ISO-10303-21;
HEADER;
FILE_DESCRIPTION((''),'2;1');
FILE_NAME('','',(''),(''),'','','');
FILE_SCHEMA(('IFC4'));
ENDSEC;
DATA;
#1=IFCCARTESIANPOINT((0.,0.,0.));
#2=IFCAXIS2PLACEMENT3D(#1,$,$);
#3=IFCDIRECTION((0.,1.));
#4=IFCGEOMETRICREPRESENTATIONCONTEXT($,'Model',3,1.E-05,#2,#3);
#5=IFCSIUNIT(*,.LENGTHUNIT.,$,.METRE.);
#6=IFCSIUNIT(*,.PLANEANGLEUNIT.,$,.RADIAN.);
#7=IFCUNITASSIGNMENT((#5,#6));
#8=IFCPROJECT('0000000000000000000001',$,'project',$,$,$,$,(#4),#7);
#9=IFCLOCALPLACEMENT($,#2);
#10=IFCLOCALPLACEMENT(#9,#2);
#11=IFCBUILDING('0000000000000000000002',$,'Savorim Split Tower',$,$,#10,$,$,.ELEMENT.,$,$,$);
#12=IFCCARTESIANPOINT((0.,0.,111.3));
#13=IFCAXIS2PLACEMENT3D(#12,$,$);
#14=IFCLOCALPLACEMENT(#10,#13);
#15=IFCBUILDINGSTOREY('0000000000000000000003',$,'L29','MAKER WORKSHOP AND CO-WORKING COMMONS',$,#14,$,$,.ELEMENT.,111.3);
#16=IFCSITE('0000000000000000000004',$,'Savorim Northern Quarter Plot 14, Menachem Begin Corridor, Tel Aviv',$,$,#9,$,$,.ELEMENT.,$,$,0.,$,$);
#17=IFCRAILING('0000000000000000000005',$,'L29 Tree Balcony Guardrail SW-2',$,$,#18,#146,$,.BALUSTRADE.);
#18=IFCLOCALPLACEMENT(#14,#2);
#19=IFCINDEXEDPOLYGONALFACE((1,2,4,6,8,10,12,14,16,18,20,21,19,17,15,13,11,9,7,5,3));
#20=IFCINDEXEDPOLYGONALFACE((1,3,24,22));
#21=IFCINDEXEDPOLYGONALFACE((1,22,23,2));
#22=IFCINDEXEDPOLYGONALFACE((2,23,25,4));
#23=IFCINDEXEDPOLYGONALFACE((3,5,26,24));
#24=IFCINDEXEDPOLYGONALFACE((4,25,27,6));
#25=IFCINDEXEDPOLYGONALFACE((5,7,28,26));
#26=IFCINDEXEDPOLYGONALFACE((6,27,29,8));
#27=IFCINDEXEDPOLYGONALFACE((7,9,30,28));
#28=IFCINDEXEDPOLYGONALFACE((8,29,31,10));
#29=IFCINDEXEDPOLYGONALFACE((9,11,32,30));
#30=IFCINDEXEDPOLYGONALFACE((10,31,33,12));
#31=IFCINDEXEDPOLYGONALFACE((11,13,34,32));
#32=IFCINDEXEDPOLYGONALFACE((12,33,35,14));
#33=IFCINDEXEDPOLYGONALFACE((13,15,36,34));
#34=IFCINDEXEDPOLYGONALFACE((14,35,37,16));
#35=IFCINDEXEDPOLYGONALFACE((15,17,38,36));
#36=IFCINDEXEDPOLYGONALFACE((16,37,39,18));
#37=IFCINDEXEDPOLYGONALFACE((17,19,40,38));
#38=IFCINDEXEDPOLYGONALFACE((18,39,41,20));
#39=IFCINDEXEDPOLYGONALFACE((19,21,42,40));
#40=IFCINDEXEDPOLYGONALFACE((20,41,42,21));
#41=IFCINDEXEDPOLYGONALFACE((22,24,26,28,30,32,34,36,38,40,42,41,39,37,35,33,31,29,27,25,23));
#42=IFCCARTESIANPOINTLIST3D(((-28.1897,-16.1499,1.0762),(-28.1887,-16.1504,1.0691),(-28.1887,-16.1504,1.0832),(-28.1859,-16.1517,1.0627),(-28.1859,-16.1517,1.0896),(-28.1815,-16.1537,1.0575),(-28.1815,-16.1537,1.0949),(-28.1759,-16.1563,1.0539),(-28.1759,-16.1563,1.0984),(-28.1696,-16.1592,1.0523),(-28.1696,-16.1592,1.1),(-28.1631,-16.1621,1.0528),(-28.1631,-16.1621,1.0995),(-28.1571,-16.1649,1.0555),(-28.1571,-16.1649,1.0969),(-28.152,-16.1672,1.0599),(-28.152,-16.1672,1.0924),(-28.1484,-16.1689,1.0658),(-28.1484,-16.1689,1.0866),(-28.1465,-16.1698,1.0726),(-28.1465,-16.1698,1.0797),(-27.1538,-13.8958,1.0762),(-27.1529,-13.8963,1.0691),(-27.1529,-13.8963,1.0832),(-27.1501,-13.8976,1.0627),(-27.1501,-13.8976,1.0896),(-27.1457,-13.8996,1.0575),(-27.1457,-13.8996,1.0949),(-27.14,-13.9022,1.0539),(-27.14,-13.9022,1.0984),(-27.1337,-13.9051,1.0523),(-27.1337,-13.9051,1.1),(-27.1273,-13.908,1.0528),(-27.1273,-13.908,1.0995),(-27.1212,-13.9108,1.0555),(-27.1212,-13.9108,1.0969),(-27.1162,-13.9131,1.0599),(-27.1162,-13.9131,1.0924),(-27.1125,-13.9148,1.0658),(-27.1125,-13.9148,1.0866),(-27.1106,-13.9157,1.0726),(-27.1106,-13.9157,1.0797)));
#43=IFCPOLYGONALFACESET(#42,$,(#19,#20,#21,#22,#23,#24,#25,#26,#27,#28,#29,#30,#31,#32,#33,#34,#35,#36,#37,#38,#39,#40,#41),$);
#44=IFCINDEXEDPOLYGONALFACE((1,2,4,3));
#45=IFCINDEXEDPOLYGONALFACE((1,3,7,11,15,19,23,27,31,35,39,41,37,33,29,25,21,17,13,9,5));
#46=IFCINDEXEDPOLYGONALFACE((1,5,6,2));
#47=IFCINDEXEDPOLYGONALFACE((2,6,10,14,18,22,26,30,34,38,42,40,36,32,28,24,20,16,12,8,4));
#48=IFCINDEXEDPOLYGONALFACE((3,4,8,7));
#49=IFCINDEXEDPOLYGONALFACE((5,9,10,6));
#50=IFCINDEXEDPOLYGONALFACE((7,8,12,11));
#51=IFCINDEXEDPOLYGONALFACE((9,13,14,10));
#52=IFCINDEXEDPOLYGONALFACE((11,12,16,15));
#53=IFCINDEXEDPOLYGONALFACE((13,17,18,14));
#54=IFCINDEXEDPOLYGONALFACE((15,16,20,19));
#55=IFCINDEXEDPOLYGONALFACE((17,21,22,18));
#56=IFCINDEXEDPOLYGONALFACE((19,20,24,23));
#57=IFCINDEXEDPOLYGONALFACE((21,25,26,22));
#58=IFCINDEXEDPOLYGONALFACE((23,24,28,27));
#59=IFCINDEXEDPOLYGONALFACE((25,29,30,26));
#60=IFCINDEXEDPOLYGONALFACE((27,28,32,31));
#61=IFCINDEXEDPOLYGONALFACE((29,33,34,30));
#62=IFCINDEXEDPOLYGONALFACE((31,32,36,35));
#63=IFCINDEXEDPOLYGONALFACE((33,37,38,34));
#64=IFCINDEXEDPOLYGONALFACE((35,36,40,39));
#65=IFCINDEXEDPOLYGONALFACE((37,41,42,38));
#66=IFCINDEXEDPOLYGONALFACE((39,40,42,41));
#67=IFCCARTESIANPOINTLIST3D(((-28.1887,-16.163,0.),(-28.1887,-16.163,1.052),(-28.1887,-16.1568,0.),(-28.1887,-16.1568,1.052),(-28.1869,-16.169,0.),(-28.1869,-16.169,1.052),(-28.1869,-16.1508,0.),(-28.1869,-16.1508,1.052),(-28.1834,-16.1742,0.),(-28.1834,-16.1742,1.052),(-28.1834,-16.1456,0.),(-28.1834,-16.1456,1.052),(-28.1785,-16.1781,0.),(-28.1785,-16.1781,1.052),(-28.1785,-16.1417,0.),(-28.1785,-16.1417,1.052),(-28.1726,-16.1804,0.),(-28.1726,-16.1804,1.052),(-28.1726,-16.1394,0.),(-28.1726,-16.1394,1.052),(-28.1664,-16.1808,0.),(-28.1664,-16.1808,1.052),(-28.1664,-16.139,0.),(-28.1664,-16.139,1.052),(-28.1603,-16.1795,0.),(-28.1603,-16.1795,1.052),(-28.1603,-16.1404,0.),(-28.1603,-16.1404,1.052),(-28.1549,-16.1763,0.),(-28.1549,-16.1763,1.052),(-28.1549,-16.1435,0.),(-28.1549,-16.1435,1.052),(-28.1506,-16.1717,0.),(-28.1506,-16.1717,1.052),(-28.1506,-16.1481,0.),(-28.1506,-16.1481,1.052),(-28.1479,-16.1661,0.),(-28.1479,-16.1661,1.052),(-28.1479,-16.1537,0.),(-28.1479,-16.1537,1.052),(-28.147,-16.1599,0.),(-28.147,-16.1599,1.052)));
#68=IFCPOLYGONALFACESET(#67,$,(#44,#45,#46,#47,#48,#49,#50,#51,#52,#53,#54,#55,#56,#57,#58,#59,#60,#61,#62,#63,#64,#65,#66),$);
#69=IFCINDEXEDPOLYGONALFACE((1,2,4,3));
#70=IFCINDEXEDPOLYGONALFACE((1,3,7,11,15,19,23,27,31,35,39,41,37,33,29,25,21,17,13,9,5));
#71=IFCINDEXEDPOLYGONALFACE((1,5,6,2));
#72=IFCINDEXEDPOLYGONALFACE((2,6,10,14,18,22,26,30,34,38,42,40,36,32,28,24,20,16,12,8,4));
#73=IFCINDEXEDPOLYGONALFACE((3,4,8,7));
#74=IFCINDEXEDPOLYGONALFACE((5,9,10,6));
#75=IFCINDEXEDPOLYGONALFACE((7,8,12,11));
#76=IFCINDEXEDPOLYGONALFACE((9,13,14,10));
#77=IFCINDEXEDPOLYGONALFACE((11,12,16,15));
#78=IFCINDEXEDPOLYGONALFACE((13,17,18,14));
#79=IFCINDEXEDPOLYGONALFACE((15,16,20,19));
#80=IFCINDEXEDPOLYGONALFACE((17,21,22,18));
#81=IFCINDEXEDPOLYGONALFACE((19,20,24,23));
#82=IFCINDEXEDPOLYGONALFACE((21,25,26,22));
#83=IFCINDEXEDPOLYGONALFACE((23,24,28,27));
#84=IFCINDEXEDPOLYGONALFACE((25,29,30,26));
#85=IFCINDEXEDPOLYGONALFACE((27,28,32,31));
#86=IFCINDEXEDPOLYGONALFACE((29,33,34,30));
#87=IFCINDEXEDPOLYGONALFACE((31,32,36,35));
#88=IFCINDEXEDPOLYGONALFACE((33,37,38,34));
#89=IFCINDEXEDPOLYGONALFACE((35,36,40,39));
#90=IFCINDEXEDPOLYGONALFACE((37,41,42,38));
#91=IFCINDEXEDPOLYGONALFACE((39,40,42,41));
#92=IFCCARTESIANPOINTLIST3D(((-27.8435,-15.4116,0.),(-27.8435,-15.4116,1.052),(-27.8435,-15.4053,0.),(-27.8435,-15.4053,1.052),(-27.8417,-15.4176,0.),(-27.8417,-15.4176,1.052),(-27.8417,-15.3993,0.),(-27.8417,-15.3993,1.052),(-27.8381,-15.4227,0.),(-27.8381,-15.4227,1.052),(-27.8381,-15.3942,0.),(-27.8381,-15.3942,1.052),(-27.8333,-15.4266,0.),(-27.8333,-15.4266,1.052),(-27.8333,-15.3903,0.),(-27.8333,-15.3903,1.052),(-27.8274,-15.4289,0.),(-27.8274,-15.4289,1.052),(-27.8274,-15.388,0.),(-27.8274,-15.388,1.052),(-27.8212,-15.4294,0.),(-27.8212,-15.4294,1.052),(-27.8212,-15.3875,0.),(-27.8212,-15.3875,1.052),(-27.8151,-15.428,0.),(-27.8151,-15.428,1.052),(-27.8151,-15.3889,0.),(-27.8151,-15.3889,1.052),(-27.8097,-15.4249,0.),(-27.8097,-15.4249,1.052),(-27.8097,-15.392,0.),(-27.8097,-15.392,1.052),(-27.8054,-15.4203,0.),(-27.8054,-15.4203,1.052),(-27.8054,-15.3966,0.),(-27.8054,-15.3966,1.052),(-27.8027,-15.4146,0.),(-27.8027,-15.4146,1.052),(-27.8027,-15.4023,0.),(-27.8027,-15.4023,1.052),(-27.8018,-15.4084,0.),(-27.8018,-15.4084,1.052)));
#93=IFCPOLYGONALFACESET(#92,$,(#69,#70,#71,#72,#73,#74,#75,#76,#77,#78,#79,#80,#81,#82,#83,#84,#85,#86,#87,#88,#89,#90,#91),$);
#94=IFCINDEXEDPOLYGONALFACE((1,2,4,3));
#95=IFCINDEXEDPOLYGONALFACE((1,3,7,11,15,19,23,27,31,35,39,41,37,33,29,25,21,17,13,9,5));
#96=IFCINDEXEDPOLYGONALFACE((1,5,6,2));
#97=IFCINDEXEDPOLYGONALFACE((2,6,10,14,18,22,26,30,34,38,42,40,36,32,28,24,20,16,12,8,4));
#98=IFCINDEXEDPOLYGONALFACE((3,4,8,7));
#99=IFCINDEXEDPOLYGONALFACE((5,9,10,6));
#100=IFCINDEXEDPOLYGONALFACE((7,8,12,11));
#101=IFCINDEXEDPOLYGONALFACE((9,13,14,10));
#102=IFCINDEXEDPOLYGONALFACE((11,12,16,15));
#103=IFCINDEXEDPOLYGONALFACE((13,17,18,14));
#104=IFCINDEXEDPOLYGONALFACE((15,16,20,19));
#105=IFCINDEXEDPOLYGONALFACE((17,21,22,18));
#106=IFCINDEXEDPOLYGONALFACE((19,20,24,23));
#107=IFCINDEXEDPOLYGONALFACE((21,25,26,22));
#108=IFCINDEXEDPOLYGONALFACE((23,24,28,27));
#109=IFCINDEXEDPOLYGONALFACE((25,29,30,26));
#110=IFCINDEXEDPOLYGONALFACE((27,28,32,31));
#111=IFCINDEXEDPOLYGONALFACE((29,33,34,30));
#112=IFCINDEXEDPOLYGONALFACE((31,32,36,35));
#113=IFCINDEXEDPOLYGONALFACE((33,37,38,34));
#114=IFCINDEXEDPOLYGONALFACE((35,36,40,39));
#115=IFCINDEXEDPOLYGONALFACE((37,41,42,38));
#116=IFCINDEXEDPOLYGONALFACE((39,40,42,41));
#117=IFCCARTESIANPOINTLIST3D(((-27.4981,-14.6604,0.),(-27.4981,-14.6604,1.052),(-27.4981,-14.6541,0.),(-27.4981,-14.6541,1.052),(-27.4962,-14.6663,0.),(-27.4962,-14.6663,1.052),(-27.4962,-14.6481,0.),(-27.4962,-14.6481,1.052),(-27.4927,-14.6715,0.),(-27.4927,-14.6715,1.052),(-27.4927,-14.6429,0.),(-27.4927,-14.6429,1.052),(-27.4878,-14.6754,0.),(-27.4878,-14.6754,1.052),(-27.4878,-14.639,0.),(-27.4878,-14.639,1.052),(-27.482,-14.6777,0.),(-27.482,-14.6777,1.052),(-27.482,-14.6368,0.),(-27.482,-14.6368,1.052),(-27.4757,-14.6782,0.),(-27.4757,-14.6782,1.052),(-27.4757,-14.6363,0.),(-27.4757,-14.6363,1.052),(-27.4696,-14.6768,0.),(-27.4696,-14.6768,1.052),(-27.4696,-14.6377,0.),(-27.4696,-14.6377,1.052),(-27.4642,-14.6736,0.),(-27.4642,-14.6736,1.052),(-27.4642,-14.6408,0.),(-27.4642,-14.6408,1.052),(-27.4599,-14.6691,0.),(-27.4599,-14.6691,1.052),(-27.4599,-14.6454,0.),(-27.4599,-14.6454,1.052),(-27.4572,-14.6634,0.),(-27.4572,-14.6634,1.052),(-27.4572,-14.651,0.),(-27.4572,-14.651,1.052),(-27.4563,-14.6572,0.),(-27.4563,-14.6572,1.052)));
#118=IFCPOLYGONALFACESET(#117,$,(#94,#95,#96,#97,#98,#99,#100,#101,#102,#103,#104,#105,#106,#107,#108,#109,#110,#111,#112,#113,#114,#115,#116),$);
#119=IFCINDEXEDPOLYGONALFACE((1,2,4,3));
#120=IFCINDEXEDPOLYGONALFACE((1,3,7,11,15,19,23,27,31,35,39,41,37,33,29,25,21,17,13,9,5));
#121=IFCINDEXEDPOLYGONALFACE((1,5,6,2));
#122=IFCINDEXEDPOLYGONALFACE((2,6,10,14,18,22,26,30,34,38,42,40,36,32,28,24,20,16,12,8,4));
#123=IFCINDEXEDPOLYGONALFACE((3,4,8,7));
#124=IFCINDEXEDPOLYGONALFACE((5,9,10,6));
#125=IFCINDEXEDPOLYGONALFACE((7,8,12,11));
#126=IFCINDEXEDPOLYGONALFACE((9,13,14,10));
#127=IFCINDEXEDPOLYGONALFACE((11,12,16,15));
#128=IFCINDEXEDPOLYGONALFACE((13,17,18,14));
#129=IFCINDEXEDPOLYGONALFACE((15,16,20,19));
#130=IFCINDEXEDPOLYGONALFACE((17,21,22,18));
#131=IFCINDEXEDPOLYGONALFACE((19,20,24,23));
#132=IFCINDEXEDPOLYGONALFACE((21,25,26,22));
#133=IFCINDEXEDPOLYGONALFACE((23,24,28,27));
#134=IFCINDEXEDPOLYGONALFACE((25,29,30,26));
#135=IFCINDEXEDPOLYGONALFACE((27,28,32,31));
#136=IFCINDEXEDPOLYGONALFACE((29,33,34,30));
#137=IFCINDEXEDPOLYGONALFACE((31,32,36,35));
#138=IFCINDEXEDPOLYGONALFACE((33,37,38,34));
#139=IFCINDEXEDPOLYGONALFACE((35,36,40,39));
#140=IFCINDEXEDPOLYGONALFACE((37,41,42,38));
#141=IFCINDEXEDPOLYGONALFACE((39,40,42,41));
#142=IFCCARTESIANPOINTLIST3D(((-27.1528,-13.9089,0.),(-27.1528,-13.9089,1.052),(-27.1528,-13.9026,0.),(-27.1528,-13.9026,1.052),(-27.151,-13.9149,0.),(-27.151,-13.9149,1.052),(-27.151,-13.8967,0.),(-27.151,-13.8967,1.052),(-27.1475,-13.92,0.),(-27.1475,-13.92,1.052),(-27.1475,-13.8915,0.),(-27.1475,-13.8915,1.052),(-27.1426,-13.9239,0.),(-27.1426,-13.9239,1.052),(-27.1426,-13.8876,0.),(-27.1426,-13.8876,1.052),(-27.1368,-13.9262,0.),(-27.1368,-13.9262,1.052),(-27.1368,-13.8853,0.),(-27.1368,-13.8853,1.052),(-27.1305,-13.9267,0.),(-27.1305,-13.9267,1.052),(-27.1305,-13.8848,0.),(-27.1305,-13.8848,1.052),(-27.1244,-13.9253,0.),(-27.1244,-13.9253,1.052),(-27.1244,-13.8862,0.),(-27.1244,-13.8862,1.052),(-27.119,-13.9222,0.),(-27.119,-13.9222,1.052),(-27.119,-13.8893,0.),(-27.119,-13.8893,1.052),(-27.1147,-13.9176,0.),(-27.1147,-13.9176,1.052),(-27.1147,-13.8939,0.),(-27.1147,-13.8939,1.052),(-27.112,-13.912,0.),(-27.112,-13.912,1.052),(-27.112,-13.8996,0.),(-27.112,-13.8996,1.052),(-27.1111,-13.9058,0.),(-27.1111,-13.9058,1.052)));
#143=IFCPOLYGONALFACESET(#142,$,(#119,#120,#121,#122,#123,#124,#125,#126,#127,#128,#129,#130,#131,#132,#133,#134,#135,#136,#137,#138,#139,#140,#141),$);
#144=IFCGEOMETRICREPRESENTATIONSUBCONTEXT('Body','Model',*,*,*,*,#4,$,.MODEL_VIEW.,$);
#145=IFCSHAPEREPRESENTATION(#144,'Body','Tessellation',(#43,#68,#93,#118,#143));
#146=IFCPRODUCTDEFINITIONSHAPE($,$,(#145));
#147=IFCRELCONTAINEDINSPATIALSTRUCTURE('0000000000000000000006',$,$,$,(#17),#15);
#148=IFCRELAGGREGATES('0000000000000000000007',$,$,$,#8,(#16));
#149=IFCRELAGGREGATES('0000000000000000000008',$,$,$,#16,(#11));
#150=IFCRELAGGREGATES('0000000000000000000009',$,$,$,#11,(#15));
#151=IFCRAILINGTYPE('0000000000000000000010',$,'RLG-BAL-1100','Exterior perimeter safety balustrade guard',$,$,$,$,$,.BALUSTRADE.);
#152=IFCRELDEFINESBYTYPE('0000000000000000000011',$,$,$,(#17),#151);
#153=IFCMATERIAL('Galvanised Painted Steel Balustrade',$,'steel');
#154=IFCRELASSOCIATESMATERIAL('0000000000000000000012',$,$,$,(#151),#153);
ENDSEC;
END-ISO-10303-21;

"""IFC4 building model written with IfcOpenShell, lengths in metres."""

from ifc_helpers import new_model, si_unit, direction, frame, origin, origin_2d, place, context, subcontext, project, spatial, circle, extrude, material, type_object, element, save


model = new_model("IFC4")

# Units and contexts
model_context = context("Model", 3, precision=1e-05, world=origin(), true_north=direction((0.0, 1.0)))
body_context = subcontext(model_context, "Body", "Model", "MODEL_VIEW")
ifc_project = project(units=[si_unit("LENGTHUNIT", "METRE"), si_unit("PLANEANGLEUNIT", "RADIAN")], contexts=[model_context])

# Site, building, storey
site_placement = place(None, origin())
site = spatial("IfcSite", under=ifc_project, at=site_placement, Name="Savorim Northern Quarter Plot 14, Menachem Begin Corridor, Tel Aviv", CompositionType="ELEMENT", RefElevation=0.0)
building_placement = place(site_placement, origin())
building = spatial("IfcBuilding", under=site, at=building_placement, Name="Savorim Split Tower", CompositionType="ELEMENT")
storey_placement = place(building_placement, frame((0.0, 0.0, 111.3)))
storey = spatial("IfcBuildingStorey", under=building, at=storey_placement, Name="L29", Description="MAKER WORKSHOP AND CO-WORKING COMMONS", CompositionType="ELEMENT", Elevation=111.3)

# Railing
ifc_material_1 = material(Name="Galvanised Painted Steel Balustrade", Category="steel")
railing_type = type_object("IfcRailingType", Name="RLG-BAL-1100", Description="Exterior perimeter safety balustrade guard", PredefinedType="BALUSTRADE", material=ifc_material_1)
railing_1_placement = place(storey_placement, frame((-28.168, -16.1599, 0.0)))
element("IfcRailing", 1, at=railing_1_placement, inside=storey, type_object=railing_type, Name="L29 Tree Balcony Guardrail SW-2", PredefinedType="BALUSTRADE", context=body_context, shape_type="SweptSolid", body=[
    extrude(circle(Radius=0.0239, at=origin_2d()), frame((0.0, 0.0, 1.0762), z_axis=(0.417566, 0.908647, 0.0), x_axis=(-0.908647, 0.417566, 0.0)), (0.0, 0.0, 1.0), 2.4807),
    extrude(circle(Radius=0.021, at=origin_2d()), origin(), (0.0, 0.0, 1.0), 1.052),
    extrude(circle(Radius=0.021, at=origin_2d()), frame((0.3452, 0.7515, 0.0)), (0.0, 0.0, 1.0), 1.052),
    extrude(circle(Radius=0.021, at=origin_2d()), frame((0.6907, 1.5027, 0.0)), (0.0, 0.0, 1.0), 1.052),
    extrude(circle(Radius=0.021, at=origin_2d()), frame((1.0359, 2.2542, 0.0)), (0.0, 0.0, 1.0), 1.052),
])

save(model, "model.ifc")
